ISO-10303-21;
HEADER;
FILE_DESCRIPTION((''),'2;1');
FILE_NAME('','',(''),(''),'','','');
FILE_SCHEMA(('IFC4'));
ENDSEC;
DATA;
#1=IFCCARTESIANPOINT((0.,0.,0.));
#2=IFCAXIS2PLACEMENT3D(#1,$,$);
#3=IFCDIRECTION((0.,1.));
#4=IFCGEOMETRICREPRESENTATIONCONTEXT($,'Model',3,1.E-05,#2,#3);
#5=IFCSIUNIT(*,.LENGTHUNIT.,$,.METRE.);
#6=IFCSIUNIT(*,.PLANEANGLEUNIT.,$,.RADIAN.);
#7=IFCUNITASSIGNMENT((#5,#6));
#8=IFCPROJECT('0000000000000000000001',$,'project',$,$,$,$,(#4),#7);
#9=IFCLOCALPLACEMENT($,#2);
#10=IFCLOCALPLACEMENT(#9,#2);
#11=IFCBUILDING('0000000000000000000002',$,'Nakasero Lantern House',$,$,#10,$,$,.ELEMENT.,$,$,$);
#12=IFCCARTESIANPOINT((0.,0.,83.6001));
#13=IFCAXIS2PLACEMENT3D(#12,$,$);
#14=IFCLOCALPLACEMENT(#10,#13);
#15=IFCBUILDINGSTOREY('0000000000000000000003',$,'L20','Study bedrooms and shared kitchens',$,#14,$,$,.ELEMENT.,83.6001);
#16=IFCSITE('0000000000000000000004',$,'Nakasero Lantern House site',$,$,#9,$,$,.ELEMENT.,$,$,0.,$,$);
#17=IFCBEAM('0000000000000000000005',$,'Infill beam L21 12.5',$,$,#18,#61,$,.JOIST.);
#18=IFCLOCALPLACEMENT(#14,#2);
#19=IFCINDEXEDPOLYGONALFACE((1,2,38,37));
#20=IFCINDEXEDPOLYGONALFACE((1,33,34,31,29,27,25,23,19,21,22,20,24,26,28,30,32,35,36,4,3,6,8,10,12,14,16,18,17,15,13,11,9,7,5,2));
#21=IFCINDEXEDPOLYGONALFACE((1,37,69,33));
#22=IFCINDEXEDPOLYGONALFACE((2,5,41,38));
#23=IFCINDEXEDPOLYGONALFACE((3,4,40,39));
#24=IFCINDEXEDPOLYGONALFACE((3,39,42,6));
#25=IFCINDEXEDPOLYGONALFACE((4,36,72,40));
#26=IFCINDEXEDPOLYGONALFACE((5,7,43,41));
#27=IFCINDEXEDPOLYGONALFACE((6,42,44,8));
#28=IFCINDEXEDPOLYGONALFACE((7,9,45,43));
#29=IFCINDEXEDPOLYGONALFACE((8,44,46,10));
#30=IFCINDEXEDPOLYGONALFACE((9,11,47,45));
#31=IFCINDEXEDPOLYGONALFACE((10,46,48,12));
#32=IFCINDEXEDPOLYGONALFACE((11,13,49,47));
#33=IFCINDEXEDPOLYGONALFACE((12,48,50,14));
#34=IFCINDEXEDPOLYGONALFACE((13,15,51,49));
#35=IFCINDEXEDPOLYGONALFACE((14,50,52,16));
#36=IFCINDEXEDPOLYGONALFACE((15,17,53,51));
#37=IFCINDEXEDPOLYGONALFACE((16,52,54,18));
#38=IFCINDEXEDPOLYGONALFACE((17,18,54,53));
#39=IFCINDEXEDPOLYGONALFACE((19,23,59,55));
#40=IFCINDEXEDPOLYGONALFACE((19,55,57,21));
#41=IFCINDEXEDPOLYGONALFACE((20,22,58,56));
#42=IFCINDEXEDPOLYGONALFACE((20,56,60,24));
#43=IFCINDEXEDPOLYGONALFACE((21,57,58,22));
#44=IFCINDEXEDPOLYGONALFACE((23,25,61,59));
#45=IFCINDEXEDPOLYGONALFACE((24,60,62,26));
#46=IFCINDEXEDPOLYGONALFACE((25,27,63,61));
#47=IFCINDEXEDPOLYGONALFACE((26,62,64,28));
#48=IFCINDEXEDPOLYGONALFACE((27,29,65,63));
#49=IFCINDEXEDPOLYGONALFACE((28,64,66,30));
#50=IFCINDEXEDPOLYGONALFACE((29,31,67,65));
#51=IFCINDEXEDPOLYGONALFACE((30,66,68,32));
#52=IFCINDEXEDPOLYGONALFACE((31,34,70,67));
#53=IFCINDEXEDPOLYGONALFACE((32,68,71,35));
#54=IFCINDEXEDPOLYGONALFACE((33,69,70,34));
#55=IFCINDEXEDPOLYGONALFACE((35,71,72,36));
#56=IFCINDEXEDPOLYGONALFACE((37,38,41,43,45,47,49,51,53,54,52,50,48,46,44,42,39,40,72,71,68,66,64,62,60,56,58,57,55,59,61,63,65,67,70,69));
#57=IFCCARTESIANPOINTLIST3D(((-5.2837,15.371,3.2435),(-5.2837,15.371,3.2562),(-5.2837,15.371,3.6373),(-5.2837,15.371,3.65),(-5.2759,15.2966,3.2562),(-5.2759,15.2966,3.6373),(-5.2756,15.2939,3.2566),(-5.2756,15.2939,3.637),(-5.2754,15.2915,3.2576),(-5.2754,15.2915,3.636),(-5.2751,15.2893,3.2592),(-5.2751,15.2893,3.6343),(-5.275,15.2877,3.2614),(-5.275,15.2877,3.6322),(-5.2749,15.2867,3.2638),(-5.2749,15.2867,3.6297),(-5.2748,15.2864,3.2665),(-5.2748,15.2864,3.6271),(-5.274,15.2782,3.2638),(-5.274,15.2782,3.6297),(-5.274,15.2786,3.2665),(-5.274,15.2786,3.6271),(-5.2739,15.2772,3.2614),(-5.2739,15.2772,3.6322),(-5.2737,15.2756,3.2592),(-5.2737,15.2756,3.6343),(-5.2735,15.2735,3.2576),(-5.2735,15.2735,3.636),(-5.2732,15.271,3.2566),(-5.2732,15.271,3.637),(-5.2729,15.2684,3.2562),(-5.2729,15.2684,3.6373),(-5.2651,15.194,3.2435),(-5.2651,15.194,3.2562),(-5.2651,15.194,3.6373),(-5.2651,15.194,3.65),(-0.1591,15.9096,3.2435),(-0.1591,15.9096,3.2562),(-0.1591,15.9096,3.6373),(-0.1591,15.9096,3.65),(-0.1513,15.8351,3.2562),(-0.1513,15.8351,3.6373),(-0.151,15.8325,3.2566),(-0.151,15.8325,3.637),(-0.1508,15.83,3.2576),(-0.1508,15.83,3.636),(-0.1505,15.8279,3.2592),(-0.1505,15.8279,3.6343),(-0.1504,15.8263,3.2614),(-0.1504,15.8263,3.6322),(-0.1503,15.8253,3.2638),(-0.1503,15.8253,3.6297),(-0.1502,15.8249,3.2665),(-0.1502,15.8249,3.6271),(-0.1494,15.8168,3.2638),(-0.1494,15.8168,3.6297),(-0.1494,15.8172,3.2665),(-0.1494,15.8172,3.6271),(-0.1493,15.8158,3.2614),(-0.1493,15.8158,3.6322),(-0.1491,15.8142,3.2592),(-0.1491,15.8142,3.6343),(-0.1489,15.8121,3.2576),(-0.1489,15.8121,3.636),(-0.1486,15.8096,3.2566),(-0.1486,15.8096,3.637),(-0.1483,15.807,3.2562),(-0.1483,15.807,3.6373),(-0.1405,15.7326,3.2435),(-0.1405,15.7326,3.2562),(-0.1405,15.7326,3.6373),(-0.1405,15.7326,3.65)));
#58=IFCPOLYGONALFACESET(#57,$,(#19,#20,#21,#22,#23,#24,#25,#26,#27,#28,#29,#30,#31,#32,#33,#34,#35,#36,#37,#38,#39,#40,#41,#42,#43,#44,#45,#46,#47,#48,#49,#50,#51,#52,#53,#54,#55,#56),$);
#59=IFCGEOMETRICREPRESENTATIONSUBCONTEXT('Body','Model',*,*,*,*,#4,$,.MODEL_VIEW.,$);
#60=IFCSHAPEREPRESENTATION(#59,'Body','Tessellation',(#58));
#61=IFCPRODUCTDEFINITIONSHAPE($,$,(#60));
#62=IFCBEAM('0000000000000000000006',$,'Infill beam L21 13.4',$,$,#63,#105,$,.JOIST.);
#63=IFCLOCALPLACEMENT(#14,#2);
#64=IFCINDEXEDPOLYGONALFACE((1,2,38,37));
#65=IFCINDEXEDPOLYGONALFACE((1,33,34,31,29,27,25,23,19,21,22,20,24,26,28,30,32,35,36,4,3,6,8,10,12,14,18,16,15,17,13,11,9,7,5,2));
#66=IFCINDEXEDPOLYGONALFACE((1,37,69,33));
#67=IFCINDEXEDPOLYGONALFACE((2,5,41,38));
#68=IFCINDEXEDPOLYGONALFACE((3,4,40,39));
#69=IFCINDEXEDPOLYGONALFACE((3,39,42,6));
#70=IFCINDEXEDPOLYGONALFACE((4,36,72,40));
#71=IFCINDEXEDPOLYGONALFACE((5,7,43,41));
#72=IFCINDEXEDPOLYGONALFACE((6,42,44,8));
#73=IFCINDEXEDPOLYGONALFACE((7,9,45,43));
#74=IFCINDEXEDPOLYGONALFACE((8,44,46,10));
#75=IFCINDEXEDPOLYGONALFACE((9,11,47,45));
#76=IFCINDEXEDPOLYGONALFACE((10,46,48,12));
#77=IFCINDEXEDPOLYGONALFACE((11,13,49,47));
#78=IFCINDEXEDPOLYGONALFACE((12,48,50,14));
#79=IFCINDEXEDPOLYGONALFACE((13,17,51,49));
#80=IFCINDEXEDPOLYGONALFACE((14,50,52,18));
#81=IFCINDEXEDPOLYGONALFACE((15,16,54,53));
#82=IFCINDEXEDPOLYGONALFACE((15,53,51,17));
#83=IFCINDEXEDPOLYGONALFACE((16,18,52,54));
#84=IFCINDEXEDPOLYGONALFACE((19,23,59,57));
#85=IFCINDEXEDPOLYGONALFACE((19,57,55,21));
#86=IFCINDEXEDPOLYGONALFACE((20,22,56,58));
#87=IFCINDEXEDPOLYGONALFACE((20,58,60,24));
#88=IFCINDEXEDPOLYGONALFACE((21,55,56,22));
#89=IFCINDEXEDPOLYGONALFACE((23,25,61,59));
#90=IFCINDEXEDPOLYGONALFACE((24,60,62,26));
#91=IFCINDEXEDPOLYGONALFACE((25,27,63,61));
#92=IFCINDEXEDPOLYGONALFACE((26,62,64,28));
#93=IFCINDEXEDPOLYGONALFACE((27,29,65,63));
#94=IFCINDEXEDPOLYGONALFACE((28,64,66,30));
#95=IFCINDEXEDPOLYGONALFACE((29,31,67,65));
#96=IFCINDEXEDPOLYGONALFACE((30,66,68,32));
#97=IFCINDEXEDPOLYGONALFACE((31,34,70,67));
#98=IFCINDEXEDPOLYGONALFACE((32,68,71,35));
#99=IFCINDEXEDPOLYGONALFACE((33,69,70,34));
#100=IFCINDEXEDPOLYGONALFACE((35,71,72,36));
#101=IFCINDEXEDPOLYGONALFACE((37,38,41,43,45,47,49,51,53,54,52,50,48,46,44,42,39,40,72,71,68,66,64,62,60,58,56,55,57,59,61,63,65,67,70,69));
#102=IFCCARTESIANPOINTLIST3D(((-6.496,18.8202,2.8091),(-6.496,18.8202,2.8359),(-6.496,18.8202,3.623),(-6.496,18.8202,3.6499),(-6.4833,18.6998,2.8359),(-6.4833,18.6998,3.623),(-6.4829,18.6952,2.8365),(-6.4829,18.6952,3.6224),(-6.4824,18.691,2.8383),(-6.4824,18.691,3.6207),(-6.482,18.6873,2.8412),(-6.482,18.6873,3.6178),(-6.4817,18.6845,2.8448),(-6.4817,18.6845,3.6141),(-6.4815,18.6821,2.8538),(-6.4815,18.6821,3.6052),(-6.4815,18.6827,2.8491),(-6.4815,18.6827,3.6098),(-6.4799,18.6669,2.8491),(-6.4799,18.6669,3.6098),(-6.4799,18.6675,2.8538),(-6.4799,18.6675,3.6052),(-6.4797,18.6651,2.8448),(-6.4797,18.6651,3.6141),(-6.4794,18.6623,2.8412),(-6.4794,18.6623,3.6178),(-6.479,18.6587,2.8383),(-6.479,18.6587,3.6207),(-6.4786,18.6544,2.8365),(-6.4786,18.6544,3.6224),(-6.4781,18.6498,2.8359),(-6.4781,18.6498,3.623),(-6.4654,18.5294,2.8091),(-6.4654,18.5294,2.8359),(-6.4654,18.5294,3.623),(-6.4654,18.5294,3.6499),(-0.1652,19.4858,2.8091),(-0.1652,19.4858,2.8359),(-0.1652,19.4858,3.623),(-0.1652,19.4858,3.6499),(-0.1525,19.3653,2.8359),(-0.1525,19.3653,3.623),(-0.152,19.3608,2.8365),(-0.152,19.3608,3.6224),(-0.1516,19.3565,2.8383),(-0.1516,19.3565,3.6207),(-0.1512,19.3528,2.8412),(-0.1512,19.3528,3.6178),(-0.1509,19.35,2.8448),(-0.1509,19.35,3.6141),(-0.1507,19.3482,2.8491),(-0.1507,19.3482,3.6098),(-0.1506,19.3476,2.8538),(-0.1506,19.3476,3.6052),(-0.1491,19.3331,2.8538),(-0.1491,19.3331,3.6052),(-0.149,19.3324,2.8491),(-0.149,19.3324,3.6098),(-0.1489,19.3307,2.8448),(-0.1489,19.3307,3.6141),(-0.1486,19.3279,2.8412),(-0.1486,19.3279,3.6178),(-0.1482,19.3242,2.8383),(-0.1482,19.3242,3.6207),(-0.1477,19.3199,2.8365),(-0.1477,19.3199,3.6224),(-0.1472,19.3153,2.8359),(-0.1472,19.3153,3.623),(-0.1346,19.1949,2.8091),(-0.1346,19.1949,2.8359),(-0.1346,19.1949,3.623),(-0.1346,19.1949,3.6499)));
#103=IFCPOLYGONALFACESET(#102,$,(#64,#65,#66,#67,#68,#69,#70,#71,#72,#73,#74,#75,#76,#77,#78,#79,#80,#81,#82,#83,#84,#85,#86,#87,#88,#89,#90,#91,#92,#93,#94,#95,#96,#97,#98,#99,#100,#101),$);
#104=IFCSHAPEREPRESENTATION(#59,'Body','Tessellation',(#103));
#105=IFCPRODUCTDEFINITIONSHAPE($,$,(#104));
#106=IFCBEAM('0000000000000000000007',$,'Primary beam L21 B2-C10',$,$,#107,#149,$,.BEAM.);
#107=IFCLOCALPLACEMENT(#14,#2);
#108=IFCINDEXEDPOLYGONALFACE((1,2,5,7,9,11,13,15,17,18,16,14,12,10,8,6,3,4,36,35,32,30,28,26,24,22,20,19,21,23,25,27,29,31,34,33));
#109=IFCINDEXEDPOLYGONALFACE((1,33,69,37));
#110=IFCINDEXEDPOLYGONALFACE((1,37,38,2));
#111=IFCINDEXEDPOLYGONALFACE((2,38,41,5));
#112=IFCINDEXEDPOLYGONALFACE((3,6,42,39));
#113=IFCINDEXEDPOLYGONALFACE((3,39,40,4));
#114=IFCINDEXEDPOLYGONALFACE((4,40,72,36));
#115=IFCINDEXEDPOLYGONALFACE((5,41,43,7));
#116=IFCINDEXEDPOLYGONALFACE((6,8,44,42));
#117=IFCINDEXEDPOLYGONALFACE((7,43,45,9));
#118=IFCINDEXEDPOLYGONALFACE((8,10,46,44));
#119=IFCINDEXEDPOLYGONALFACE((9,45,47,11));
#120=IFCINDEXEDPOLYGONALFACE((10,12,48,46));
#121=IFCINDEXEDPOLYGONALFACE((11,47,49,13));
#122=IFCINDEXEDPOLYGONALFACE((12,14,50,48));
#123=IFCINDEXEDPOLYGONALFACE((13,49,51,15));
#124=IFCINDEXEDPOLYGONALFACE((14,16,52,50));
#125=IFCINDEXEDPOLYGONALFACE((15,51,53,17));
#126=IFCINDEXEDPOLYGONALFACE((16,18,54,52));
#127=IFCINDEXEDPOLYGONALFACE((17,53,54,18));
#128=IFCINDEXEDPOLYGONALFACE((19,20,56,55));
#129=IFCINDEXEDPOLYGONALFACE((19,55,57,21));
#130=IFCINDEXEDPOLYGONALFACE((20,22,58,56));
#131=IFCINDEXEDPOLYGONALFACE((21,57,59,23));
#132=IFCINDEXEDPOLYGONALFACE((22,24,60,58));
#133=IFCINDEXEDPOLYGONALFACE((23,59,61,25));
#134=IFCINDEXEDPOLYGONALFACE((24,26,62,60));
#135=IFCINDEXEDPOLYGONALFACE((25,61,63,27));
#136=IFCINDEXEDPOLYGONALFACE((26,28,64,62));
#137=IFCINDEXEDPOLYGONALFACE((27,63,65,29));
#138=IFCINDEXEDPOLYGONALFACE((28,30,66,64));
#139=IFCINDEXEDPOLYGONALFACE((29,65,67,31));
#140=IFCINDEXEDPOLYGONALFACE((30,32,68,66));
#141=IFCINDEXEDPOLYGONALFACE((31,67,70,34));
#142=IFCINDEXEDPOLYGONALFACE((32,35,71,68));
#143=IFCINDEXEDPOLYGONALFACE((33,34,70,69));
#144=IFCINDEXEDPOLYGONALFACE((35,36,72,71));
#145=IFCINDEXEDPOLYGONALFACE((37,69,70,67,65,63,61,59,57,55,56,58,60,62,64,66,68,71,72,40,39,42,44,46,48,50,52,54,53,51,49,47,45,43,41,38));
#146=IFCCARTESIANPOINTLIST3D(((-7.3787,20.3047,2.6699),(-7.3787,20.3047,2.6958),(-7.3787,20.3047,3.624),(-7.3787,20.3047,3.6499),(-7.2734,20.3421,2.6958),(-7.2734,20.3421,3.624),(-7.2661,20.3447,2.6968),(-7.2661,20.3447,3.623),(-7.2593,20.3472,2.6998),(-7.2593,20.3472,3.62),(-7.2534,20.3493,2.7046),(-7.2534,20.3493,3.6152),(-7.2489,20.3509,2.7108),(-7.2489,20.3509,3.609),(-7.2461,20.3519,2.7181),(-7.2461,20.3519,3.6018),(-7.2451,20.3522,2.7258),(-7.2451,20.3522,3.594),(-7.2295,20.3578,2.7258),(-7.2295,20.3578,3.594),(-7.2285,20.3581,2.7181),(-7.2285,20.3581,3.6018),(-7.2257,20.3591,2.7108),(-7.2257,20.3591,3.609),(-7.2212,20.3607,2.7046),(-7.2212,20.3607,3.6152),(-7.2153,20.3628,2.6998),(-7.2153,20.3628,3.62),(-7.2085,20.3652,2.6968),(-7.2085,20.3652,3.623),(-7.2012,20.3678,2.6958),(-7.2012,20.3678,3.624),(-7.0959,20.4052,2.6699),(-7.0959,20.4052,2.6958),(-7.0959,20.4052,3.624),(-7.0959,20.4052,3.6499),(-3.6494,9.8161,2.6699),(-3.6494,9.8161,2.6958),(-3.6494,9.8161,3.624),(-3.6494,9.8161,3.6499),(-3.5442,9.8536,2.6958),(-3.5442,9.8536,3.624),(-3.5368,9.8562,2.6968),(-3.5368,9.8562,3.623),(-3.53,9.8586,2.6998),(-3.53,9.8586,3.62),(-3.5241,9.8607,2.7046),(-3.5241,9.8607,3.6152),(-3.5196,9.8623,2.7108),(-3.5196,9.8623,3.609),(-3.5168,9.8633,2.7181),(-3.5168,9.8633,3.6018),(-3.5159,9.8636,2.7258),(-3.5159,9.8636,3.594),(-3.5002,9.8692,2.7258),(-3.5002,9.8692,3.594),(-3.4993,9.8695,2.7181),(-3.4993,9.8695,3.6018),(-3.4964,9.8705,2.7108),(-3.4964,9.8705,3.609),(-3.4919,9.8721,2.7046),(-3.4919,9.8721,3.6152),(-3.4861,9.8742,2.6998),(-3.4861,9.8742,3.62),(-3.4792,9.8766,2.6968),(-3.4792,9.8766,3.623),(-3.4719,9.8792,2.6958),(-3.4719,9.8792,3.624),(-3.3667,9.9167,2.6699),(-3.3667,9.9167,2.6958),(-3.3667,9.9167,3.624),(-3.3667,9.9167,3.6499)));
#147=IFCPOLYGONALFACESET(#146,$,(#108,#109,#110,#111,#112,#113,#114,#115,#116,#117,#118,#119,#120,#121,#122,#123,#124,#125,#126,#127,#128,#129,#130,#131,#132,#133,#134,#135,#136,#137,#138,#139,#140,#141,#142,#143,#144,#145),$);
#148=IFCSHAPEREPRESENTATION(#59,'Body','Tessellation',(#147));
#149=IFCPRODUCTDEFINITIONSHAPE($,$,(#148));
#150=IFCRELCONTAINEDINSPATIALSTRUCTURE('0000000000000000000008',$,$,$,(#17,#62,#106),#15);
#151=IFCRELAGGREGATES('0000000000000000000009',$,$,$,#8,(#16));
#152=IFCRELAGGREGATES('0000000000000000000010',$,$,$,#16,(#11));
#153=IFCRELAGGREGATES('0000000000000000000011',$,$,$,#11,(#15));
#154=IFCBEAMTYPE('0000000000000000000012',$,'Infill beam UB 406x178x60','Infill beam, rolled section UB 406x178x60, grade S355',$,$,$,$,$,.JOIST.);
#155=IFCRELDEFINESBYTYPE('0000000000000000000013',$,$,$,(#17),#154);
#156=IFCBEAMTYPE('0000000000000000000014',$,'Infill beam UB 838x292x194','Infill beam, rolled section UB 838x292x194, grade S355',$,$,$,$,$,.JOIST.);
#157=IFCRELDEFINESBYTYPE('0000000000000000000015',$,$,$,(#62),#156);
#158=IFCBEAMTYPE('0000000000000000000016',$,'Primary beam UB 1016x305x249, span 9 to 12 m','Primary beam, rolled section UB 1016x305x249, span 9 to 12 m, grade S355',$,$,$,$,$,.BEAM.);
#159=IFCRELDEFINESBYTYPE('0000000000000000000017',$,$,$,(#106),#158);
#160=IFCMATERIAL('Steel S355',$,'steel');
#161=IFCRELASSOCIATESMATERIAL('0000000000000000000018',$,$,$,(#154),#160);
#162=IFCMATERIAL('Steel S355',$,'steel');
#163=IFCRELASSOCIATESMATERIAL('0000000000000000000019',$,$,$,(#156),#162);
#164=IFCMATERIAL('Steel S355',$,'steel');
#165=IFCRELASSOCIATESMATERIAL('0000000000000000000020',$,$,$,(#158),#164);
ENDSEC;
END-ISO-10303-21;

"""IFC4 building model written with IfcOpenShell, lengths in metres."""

from ifc_helpers import new_model, si_unit, direction, frame, origin, origin_2d, place, context, subcontext, project, spatial, i_section, extrude, material, material_profile, profile_set, type_object, element, save


model = new_model("IFC4")

# Units and contexts
model_context = context("Model", 3, precision=1e-05, world=origin(), true_north=direction((0.0, 1.0)))
body_context = subcontext(model_context, "Body", "Model", "MODEL_VIEW")
ifc_project = project(units=[si_unit("LENGTHUNIT", "METRE"), si_unit("PLANEANGLEUNIT", "RADIAN")], contexts=[model_context])

# Site, building, storey
site_placement = place(None, origin())
site = spatial("IfcSite", under=ifc_project, at=site_placement, Name="Nakasero Lantern House site", CompositionType="ELEMENT", RefElevation=0.0)
building_placement = place(site_placement, origin())
building = spatial("IfcBuilding", under=site, at=building_placement, Name="Nakasero Lantern House", CompositionType="ELEMENT")
storey_placement = place(building_placement, frame((0.0, 0.0, 83.6001)))
storey = spatial("IfcBuildingStorey", under=building, at=storey_placement, Name="L20", Description="Study bedrooms and shared kitchens", CompositionType="ELEMENT", Elevation=83.6001)

# Beams
ifc_material_1 = material(Name="Steel S355", Category="steel")
ifc_material_profile_1 = material_profile(ifc_material_1, i_section(OverallWidth=0.178, OverallDepth=0.4065, WebThickness=0.0078, FlangeThickness=0.0127, FilletRadius=0.0103, at=origin_2d()), Name="UB 406x178x60")
ifc_profile_set_1 = profile_set([ifc_material_profile_1], Name="Steel S355")
beam_type_1 = type_object("IfcBeamType", Name="Infill beam UB 406x178x60", Description="Infill beam, rolled section UB 406x178x60, grade S355", PredefinedType="JOIST", material=ifc_profile_set_1)
beam_1_placement = place(storey_placement, frame((-5.2744, 15.2825, 3.4468), z_axis=(0.994523, 0.104522, 0.0), x_axis=(-0.104522, 0.994523, 0.0)))
element("IfcBeam", 1, at=beam_1_placement, inside=storey, type_object=beam_type_1, Name="Infill beam L21 12.5", PredefinedType="JOIST", context=body_context, shape_type="SweptSolid", body=[
    extrude(i_section(OverallWidth=0.178, OverallDepth=0.4065, WebThickness=0.0078, FlangeThickness=0.0127, FilletRadius=0.0103, at=origin_2d()), origin(), (0.0, 0.0, 1.0), 5.1528),
])
ifc_material_2 = material(Name="Steel S355", Category="steel")
ifc_material_profile_2 = material_profile(ifc_material_2, i_section(OverallWidth=0.2925, OverallDepth=0.8408, WebThickness=0.0146, FlangeThickness=0.0269, FilletRadius=0.0178, at=origin_2d()), Name="UB 838x292x194")
ifc_profile_set_2 = profile_set([ifc_material_profile_2], Name="Steel S355")
beam_type_2 = type_object("IfcBeamType", Name="Infill beam UB 838x292x194", Description="Infill beam, rolled section UB 838x292x194, grade S355", PredefinedType="JOIST", material=ifc_profile_set_2)
beam_2_placement = place(storey_placement, frame((-6.4807, 18.6748, 3.2295), z_axis=(0.99452, 0.104549, 0.0), x_axis=(-0.104549, 0.99452, 0.0)))
element("IfcBeam", 2, at=beam_2_placement, inside=storey, type_object=beam_type_2, Name="Infill beam L21 13.4", PredefinedType="JOIST", context=body_context, shape_type="SweptSolid", body=[
    extrude(i_section(OverallWidth=0.2925, OverallDepth=0.8408, WebThickness=0.0146, FlangeThickness=0.0269, FilletRadius=0.0178, at=origin_2d()), origin(), (0.0, 0.0, 1.0), 6.3657),
])
ifc_material_3 = material(Name="Steel S355", Category="steel")
ifc_material_profile_3 = material_profile(ifc_material_3, i_section(OverallWidth=0.3, OverallDepth=0.98, WebThickness=0.0166, FlangeThickness=0.0259, FilletRadius=0.03, at=origin_2d()), Name="UB 1016x305x249")
ifc_profile_set_3 = profile_set([ifc_material_profile_3], Name="Steel S355")
beam_type_3 = type_object("IfcBeamType", Name="Primary beam UB 1016x305x249, span 9 to 12 m", Description="Primary beam, rolled section UB 1016x305x249, span 9 to 12 m, grade S355", PredefinedType="BEAM", material=ifc_profile_set_3)
beam_3_placement = place(storey_placement, frame((-7.2373, 20.355, 3.1599), z_axis=(0.335009, -0.942215, 0.0), x_axis=(0.942215, 0.335009, 0.0)))
element("IfcBeam", 3, at=beam_3_placement, inside=storey, type_object=beam_type_3, Name="Primary beam L21 B2-C10", PredefinedType="BEAM", context=body_context, shape_type="SweptSolid", body=[
    extrude(i_section(OverallWidth=0.3, OverallDepth=0.98, WebThickness=0.0166, FlangeThickness=0.0259, FilletRadius=0.03, at=origin_2d()), origin(), (0.0, 0.0, 1.0), 11.1318),
])

save(model, "model.ifc")
